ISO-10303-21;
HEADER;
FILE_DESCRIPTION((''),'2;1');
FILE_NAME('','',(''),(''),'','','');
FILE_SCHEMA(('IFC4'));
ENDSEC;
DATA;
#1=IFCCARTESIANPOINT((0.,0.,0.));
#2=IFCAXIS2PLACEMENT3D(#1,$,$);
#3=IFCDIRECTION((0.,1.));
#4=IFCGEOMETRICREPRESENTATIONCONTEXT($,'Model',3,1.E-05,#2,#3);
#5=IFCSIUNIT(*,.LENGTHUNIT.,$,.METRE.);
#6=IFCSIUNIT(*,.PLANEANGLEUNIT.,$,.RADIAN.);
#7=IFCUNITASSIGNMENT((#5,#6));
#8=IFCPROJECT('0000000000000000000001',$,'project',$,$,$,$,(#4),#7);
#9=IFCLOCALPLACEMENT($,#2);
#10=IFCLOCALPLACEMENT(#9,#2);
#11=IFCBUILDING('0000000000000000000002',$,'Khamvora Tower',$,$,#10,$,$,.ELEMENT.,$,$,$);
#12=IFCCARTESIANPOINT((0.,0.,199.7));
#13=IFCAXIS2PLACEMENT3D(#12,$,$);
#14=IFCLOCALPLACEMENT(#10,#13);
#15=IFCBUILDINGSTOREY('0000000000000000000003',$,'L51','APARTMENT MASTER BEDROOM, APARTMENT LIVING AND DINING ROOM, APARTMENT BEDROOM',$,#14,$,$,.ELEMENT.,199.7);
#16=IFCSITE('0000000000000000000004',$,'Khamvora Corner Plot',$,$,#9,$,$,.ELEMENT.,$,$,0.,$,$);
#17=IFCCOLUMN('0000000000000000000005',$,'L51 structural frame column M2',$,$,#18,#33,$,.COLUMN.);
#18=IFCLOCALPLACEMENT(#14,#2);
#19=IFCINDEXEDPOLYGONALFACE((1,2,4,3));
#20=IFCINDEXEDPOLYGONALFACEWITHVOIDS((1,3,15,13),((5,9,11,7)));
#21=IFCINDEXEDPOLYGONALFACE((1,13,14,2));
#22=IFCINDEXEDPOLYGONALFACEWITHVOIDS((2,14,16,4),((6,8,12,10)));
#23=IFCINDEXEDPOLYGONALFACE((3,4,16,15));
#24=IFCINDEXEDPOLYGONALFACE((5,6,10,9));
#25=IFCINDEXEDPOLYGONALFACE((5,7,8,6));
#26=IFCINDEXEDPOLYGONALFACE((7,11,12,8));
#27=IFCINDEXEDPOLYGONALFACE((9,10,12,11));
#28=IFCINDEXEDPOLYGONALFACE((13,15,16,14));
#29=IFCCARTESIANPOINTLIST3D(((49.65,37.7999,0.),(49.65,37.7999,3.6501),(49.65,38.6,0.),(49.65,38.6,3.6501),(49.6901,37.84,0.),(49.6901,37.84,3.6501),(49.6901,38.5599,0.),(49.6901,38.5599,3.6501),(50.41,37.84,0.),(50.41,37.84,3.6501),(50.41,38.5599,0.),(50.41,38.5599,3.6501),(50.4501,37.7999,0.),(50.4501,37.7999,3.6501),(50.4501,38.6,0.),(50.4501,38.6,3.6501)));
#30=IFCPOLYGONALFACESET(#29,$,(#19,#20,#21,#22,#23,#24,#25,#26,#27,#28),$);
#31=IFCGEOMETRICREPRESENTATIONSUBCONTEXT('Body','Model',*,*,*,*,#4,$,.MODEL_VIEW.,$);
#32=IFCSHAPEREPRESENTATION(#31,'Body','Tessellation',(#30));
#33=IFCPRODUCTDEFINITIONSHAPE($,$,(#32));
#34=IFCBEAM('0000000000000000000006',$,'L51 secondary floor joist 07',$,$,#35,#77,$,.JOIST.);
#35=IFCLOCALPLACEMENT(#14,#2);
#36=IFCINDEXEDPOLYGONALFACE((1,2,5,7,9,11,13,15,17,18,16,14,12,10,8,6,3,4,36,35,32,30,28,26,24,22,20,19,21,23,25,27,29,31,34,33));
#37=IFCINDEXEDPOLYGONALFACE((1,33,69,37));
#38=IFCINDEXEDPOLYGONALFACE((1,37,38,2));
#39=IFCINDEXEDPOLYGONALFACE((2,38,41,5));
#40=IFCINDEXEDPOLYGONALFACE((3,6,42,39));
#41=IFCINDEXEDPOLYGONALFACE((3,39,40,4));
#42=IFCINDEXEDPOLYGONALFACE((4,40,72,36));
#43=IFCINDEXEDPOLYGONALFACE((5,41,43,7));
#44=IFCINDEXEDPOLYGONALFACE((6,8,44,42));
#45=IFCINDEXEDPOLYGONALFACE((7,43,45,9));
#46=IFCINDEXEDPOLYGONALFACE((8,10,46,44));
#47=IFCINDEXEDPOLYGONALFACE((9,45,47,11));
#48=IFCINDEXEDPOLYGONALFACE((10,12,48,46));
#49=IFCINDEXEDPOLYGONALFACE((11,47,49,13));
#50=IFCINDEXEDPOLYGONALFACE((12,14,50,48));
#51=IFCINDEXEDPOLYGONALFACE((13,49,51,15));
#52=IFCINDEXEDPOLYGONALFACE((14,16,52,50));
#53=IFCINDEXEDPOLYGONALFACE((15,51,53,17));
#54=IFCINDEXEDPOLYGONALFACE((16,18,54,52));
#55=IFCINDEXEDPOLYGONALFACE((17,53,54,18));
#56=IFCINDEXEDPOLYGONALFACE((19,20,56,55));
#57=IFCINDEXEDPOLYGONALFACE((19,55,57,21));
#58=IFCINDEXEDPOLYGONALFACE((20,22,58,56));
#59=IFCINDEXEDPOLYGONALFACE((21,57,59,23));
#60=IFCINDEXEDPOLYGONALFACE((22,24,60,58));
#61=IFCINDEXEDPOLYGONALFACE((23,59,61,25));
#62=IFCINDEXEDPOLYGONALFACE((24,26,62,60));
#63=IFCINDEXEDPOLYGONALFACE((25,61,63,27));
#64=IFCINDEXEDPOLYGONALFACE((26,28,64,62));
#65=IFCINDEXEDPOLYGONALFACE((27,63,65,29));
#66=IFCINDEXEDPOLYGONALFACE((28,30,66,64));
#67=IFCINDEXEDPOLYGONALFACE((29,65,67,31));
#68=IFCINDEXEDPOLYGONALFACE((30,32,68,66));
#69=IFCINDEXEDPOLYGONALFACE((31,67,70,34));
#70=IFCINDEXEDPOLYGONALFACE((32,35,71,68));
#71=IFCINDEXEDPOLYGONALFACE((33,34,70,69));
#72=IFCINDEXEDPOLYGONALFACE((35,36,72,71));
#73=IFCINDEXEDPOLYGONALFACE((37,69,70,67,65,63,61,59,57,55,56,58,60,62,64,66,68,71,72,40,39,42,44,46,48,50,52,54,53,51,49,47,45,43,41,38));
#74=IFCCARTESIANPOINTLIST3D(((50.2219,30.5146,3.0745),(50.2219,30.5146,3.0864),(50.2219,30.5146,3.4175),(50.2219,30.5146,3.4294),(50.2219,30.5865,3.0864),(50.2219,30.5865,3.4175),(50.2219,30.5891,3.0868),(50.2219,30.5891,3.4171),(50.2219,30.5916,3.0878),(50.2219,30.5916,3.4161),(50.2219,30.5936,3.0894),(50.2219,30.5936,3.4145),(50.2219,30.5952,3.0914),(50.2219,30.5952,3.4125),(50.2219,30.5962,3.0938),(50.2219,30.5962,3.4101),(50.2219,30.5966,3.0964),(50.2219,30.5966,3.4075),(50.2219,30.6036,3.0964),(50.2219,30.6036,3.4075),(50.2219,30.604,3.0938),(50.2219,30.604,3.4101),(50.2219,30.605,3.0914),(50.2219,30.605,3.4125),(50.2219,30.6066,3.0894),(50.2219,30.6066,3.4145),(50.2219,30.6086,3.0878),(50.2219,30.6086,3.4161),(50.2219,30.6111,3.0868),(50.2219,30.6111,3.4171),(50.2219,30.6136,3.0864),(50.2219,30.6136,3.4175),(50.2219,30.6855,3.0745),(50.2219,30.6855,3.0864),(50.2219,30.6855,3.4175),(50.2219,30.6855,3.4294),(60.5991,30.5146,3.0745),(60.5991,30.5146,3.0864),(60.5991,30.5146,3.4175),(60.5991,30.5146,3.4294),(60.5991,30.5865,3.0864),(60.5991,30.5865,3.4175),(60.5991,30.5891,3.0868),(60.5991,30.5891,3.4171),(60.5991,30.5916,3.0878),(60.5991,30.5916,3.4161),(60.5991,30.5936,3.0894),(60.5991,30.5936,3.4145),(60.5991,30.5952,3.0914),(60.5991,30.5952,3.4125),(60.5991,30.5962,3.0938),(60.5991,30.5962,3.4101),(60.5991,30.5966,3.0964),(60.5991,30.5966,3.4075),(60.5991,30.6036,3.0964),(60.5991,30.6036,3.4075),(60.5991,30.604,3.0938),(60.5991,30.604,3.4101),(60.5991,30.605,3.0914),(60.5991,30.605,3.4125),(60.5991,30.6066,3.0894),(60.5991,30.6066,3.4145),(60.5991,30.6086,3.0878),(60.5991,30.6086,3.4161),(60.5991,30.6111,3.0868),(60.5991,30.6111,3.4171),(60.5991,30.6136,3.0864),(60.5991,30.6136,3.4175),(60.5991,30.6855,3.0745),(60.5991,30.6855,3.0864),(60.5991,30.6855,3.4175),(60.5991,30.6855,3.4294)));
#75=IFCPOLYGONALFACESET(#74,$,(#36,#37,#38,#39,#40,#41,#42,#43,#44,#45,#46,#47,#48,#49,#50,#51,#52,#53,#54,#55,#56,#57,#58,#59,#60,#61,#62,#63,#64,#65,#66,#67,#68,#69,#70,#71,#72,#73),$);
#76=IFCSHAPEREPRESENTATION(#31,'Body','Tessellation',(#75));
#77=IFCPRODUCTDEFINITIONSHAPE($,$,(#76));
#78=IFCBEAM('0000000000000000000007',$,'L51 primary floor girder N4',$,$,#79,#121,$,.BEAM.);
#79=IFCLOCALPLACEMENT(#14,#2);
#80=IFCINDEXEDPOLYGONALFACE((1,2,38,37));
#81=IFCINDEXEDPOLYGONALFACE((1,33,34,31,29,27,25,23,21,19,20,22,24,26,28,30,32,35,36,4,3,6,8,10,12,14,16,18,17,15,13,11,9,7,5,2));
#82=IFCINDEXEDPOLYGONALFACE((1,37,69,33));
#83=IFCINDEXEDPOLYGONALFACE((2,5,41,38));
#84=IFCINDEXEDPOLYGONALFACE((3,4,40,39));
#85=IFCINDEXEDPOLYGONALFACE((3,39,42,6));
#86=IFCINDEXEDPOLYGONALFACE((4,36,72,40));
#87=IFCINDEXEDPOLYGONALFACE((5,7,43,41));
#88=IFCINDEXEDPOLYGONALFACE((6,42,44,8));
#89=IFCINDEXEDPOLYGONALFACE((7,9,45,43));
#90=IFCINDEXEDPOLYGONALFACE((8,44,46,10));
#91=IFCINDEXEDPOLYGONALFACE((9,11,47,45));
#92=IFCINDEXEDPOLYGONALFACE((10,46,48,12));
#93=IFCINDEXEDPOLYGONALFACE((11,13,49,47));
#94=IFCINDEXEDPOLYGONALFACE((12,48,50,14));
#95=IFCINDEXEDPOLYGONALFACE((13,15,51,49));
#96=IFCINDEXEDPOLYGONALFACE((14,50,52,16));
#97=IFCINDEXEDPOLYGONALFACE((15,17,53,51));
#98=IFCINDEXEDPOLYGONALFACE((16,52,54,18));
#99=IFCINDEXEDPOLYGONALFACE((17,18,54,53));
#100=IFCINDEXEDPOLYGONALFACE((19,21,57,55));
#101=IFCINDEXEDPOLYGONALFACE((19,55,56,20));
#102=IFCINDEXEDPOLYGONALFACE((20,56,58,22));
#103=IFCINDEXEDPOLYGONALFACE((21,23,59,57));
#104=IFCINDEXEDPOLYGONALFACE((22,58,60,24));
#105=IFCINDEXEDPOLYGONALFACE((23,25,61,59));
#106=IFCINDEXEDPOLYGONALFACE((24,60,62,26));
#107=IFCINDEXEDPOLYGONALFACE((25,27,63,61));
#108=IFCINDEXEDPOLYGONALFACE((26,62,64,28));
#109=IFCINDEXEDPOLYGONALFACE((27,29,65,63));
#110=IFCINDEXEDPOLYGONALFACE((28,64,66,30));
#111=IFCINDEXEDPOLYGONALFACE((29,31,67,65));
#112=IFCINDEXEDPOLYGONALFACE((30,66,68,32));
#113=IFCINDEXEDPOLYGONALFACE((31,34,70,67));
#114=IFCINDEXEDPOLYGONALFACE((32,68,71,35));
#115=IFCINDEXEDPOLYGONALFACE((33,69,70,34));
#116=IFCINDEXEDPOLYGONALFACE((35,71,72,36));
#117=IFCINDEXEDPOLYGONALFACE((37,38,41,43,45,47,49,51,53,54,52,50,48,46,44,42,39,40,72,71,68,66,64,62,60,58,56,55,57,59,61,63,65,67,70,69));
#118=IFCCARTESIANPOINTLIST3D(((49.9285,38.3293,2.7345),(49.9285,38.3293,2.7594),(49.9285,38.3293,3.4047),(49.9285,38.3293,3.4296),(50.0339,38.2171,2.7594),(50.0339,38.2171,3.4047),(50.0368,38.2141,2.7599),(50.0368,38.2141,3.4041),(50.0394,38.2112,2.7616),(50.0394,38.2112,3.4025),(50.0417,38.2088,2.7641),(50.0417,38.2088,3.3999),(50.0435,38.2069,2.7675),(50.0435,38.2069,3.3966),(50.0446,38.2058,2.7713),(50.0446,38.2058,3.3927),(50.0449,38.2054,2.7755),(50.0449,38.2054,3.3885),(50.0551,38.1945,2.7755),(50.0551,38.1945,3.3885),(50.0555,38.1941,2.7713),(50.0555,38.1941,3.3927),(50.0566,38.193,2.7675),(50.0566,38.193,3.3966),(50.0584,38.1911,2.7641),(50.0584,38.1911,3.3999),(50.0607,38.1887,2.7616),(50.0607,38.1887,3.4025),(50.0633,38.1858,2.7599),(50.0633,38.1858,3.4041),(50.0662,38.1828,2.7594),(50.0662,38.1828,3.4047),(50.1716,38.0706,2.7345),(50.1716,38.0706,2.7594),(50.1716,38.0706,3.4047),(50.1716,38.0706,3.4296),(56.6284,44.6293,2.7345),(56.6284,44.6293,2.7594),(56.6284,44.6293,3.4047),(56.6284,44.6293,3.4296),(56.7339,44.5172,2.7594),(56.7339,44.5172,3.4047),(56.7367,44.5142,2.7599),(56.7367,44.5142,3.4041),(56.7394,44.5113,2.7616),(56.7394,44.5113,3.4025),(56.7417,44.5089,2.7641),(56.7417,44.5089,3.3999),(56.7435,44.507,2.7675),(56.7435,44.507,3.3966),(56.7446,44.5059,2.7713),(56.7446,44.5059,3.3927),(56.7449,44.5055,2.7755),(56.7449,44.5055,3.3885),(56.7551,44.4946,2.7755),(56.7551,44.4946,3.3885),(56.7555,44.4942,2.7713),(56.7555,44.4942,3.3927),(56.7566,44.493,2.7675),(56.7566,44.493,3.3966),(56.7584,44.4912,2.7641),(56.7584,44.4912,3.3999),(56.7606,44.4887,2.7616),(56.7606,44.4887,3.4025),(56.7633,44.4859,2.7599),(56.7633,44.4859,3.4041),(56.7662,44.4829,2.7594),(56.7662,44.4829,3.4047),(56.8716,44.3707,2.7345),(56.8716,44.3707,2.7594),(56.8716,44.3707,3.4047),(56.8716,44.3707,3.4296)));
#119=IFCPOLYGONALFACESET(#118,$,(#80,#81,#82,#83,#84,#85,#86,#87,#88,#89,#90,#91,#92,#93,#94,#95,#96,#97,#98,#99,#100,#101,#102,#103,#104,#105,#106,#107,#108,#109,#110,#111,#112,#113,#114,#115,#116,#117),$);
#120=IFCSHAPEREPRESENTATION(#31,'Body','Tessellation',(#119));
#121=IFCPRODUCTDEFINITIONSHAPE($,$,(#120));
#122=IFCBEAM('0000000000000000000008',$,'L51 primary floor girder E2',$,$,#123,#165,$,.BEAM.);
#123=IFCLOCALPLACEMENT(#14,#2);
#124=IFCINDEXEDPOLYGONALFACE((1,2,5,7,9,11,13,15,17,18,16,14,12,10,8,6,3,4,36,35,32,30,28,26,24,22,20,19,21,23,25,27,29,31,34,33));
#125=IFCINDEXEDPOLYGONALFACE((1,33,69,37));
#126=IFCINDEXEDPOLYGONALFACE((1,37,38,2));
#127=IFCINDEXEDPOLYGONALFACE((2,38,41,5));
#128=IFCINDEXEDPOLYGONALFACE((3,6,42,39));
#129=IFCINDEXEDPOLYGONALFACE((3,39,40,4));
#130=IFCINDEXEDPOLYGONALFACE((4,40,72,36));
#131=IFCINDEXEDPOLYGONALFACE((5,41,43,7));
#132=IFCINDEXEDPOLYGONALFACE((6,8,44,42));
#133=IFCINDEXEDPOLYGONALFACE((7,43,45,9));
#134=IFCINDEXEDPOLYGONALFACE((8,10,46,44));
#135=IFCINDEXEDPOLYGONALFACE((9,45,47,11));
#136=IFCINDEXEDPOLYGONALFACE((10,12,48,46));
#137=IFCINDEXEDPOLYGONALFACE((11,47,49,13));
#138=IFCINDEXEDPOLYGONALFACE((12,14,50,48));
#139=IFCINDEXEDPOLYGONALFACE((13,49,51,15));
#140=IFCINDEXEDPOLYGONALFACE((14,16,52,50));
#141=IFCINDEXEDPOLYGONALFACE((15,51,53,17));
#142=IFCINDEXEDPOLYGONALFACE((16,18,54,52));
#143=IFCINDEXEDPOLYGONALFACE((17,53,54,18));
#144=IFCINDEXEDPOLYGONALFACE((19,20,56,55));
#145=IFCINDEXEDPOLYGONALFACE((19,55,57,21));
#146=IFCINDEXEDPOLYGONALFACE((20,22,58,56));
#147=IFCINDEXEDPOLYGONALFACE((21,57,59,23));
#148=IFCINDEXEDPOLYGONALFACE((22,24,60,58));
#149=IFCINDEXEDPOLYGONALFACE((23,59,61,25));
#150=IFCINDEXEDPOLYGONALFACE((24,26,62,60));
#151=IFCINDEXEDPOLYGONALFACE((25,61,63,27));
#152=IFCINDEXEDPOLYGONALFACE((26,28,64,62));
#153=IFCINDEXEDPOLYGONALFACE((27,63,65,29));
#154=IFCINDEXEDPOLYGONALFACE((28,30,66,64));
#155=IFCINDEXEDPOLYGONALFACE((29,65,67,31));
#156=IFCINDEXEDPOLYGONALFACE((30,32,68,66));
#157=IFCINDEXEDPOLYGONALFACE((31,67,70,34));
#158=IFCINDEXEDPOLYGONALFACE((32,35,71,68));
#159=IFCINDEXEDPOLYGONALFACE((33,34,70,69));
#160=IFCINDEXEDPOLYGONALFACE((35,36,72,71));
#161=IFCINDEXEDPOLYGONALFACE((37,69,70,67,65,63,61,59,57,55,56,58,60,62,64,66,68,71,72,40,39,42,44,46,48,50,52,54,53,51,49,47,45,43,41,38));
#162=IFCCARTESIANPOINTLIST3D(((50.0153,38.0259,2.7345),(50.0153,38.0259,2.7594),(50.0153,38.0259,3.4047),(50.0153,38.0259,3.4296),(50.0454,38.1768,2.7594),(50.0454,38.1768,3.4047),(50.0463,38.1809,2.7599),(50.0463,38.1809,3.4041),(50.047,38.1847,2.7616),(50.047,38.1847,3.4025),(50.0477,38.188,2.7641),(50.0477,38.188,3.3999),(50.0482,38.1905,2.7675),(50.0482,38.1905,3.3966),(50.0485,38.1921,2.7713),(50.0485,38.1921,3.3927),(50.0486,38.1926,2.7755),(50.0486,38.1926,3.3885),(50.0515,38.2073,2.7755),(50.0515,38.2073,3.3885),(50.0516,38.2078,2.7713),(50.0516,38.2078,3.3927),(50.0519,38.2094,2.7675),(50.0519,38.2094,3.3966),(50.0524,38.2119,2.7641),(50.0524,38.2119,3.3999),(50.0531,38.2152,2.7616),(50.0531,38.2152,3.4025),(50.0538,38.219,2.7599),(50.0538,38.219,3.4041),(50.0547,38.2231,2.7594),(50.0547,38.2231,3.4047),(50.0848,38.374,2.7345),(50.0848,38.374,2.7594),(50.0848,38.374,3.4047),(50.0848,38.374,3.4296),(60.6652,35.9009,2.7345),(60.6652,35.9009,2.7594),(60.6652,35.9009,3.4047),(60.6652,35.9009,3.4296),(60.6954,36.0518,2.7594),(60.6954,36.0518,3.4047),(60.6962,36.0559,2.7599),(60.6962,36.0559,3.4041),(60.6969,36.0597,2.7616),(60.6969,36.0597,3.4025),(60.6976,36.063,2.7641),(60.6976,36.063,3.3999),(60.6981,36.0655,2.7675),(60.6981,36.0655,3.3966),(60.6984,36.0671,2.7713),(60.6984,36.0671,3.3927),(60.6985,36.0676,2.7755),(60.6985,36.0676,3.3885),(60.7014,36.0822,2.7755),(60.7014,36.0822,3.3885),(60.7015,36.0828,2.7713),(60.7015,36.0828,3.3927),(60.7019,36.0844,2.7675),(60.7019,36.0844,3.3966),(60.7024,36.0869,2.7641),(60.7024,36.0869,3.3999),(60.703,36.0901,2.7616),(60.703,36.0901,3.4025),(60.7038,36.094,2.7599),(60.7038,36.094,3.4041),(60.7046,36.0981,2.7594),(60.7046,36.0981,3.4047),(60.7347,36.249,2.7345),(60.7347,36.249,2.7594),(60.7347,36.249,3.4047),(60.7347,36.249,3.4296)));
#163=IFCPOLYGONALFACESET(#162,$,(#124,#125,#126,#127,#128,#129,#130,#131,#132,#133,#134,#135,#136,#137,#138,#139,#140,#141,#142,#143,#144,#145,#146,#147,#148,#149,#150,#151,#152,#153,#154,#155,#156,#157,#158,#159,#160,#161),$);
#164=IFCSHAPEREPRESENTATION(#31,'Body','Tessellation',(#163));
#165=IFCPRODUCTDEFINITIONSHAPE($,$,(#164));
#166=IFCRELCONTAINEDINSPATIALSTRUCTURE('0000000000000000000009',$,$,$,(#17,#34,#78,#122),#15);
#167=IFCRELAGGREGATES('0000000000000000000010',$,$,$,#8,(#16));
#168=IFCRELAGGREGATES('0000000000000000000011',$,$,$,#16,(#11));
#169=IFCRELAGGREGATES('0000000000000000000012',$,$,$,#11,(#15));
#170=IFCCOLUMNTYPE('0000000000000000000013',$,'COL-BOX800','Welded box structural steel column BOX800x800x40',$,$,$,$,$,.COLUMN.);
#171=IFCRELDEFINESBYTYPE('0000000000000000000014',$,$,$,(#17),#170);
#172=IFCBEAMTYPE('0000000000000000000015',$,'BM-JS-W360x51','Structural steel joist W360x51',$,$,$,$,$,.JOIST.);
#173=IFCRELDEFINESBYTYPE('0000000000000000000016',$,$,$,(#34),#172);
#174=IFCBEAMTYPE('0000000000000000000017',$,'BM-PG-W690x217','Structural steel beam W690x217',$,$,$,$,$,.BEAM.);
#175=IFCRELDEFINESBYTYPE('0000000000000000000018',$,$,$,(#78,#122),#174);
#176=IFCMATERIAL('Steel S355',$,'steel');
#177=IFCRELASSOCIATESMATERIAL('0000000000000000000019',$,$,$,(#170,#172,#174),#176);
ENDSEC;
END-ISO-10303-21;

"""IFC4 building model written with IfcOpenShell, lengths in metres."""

from ifc_helpers import new_model, si_unit, direction, frame, origin, origin_2d, place, context, subcontext, project, spatial, hollow_rectangle, i_section, extrude, material, material_profile, profile_set, type_object, element, save


model = new_model("IFC4")

# Units and contexts
model_context = context("Model", 3, precision=1e-05, world=origin(), true_north=direction((0.0, 1.0)))
body_context = subcontext(model_context, "Body", "Model", "MODEL_VIEW")
ifc_project = project(units=[si_unit("LENGTHUNIT", "METRE"), si_unit("PLANEANGLEUNIT", "RADIAN")], contexts=[model_context])

# Site, building, storey
site_placement = place(None, origin())
site = spatial("IfcSite", under=ifc_project, at=site_placement, Name="Khamvora Corner Plot", CompositionType="ELEMENT", RefElevation=0.0)
building_placement = place(site_placement, origin())
building = spatial("IfcBuilding", under=site, at=building_placement, Name="Khamvora Tower", CompositionType="ELEMENT")
storey_placement = place(building_placement, frame((0.0, 0.0, 199.7)))
storey = spatial("IfcBuildingStorey", under=building, at=storey_placement, Name="L51", Description="APARTMENT MASTER BEDROOM, APARTMENT LIVING AND DINING ROOM, APARTMENT BEDROOM", CompositionType="ELEMENT", Elevation=199.7)

# Column
ifc_material_1 = material(Name="Steel S355", Category="steel")
ifc_material_profile_1 = material_profile(ifc_material_1, hollow_rectangle(XDim=0.8, YDim=0.8, WallThickness=0.04, at=origin_2d()), Name="BOX800x800x40")
ifc_profile_set_1 = profile_set([ifc_material_profile_1], Name="Steel S355")
column_type = type_object("IfcColumnType", Name="COL-BOX800", Description="Welded box structural steel column BOX800x800x40", PredefinedType="COLUMN", material=ifc_profile_set_1)
column_placement = place(storey_placement, frame((50.05, 38.2, 0.0), z_axis=(0.0, 0.0, 1.0), x_axis=(1.0, 0.0, 0.0)))
element("IfcColumn", 1, at=column_placement, inside=storey, type_object=column_type, Name="L51 structural frame column M2", PredefinedType="COLUMN", context=body_context, shape_type="SweptSolid", body=[
    extrude(hollow_rectangle(XDim=0.8, YDim=0.8, WallThickness=0.04, at=origin_2d()), origin(), (0.0, 0.0, 1.0), 3.6501),
])

# Beams
ifc_material_profile_2 = material_profile(ifc_material_1, i_section(OverallWidth=0.1709, OverallDepth=0.355, WebThickness=0.0071, FlangeThickness=0.012, FilletRadius=0.01, at=origin_2d()), Name="W360x51")
ifc_profile_set_2 = profile_set([ifc_material_profile_2], Name="Steel S355")
beam_type_1 = type_object("IfcBeamType", Name="BM-JS-W360x51", Description="Structural steel joist W360x51", PredefinedType="JOIST", material=ifc_profile_set_2)
beam_1_placement = place(storey_placement, frame((50.2219, 30.6001, 3.252), z_axis=(1.0, 0.0, 0.0), x_axis=(0.0, 1.0, 0.0)))
element("IfcBeam", 2, at=beam_1_placement, inside=storey, type_object=beam_type_1, Name="L51 secondary floor joist 07", PredefinedType="JOIST", context=body_context, shape_type="SweptSolid", body=[
    extrude(i_section(OverallWidth=0.1709, OverallDepth=0.355, WebThickness=0.0071, FlangeThickness=0.012, FilletRadius=0.01, at=origin_2d()), origin(), (0.0, 0.0, 1.0), 10.3772),
])
ifc_material_profile_3 = material_profile(ifc_material_1, i_section(OverallWidth=0.355, OverallDepth=0.6951, WebThickness=0.0149, FlangeThickness=0.0249, FilletRadius=0.0161, at=origin_2d()), Name="W690x217")
ifc_profile_set_3 = profile_set([ifc_material_profile_3], Name="Steel S355")
beam_type_2 = type_object("IfcBeamType", Name="BM-PG-W690x217", Description="Structural steel beam W690x217", PredefinedType="BEAM", material=ifc_profile_set_3)
beam_2_placement = place(storey_placement, frame((50.05, 38.2, 3.082), z_axis=(0.728514, 0.685031, 0.0), x_axis=(-0.685031, 0.728514, 0.0)))
element("IfcBeam", 3, at=beam_2_placement, inside=storey, type_object=beam_type_2, Name="L51 primary floor girder N4", PredefinedType="BEAM", context=body_context, shape_type="SweptSolid", body=[
    extrude(i_section(OverallWidth=0.355, OverallDepth=0.6951, WebThickness=0.0149, FlangeThickness=0.0249, FilletRadius=0.0161, at=origin_2d()), origin(), (0.0, 0.0, 1.0), 9.1968),
])
beam_3_placement = place(storey_placement, frame((50.05, 38.2, 3.082), z_axis=(0.980669, -0.195675, 0.0), x_axis=(0.195675, 0.980669, 0.0)))
element("IfcBeam", 4, at=beam_3_placement, inside=storey, type_object=beam_type_2, Name="L51 primary floor girder E2", PredefinedType="BEAM", context=body_context, shape_type="SweptSolid", body=[
    extrude(i_section(OverallWidth=0.355, OverallDepth=0.6951, WebThickness=0.0149, FlangeThickness=0.0249, FilletRadius=0.0161, at=origin_2d()), origin(), (0.0, 0.0, 1.0), 10.8599),
])

save(model, "model.ifc")
